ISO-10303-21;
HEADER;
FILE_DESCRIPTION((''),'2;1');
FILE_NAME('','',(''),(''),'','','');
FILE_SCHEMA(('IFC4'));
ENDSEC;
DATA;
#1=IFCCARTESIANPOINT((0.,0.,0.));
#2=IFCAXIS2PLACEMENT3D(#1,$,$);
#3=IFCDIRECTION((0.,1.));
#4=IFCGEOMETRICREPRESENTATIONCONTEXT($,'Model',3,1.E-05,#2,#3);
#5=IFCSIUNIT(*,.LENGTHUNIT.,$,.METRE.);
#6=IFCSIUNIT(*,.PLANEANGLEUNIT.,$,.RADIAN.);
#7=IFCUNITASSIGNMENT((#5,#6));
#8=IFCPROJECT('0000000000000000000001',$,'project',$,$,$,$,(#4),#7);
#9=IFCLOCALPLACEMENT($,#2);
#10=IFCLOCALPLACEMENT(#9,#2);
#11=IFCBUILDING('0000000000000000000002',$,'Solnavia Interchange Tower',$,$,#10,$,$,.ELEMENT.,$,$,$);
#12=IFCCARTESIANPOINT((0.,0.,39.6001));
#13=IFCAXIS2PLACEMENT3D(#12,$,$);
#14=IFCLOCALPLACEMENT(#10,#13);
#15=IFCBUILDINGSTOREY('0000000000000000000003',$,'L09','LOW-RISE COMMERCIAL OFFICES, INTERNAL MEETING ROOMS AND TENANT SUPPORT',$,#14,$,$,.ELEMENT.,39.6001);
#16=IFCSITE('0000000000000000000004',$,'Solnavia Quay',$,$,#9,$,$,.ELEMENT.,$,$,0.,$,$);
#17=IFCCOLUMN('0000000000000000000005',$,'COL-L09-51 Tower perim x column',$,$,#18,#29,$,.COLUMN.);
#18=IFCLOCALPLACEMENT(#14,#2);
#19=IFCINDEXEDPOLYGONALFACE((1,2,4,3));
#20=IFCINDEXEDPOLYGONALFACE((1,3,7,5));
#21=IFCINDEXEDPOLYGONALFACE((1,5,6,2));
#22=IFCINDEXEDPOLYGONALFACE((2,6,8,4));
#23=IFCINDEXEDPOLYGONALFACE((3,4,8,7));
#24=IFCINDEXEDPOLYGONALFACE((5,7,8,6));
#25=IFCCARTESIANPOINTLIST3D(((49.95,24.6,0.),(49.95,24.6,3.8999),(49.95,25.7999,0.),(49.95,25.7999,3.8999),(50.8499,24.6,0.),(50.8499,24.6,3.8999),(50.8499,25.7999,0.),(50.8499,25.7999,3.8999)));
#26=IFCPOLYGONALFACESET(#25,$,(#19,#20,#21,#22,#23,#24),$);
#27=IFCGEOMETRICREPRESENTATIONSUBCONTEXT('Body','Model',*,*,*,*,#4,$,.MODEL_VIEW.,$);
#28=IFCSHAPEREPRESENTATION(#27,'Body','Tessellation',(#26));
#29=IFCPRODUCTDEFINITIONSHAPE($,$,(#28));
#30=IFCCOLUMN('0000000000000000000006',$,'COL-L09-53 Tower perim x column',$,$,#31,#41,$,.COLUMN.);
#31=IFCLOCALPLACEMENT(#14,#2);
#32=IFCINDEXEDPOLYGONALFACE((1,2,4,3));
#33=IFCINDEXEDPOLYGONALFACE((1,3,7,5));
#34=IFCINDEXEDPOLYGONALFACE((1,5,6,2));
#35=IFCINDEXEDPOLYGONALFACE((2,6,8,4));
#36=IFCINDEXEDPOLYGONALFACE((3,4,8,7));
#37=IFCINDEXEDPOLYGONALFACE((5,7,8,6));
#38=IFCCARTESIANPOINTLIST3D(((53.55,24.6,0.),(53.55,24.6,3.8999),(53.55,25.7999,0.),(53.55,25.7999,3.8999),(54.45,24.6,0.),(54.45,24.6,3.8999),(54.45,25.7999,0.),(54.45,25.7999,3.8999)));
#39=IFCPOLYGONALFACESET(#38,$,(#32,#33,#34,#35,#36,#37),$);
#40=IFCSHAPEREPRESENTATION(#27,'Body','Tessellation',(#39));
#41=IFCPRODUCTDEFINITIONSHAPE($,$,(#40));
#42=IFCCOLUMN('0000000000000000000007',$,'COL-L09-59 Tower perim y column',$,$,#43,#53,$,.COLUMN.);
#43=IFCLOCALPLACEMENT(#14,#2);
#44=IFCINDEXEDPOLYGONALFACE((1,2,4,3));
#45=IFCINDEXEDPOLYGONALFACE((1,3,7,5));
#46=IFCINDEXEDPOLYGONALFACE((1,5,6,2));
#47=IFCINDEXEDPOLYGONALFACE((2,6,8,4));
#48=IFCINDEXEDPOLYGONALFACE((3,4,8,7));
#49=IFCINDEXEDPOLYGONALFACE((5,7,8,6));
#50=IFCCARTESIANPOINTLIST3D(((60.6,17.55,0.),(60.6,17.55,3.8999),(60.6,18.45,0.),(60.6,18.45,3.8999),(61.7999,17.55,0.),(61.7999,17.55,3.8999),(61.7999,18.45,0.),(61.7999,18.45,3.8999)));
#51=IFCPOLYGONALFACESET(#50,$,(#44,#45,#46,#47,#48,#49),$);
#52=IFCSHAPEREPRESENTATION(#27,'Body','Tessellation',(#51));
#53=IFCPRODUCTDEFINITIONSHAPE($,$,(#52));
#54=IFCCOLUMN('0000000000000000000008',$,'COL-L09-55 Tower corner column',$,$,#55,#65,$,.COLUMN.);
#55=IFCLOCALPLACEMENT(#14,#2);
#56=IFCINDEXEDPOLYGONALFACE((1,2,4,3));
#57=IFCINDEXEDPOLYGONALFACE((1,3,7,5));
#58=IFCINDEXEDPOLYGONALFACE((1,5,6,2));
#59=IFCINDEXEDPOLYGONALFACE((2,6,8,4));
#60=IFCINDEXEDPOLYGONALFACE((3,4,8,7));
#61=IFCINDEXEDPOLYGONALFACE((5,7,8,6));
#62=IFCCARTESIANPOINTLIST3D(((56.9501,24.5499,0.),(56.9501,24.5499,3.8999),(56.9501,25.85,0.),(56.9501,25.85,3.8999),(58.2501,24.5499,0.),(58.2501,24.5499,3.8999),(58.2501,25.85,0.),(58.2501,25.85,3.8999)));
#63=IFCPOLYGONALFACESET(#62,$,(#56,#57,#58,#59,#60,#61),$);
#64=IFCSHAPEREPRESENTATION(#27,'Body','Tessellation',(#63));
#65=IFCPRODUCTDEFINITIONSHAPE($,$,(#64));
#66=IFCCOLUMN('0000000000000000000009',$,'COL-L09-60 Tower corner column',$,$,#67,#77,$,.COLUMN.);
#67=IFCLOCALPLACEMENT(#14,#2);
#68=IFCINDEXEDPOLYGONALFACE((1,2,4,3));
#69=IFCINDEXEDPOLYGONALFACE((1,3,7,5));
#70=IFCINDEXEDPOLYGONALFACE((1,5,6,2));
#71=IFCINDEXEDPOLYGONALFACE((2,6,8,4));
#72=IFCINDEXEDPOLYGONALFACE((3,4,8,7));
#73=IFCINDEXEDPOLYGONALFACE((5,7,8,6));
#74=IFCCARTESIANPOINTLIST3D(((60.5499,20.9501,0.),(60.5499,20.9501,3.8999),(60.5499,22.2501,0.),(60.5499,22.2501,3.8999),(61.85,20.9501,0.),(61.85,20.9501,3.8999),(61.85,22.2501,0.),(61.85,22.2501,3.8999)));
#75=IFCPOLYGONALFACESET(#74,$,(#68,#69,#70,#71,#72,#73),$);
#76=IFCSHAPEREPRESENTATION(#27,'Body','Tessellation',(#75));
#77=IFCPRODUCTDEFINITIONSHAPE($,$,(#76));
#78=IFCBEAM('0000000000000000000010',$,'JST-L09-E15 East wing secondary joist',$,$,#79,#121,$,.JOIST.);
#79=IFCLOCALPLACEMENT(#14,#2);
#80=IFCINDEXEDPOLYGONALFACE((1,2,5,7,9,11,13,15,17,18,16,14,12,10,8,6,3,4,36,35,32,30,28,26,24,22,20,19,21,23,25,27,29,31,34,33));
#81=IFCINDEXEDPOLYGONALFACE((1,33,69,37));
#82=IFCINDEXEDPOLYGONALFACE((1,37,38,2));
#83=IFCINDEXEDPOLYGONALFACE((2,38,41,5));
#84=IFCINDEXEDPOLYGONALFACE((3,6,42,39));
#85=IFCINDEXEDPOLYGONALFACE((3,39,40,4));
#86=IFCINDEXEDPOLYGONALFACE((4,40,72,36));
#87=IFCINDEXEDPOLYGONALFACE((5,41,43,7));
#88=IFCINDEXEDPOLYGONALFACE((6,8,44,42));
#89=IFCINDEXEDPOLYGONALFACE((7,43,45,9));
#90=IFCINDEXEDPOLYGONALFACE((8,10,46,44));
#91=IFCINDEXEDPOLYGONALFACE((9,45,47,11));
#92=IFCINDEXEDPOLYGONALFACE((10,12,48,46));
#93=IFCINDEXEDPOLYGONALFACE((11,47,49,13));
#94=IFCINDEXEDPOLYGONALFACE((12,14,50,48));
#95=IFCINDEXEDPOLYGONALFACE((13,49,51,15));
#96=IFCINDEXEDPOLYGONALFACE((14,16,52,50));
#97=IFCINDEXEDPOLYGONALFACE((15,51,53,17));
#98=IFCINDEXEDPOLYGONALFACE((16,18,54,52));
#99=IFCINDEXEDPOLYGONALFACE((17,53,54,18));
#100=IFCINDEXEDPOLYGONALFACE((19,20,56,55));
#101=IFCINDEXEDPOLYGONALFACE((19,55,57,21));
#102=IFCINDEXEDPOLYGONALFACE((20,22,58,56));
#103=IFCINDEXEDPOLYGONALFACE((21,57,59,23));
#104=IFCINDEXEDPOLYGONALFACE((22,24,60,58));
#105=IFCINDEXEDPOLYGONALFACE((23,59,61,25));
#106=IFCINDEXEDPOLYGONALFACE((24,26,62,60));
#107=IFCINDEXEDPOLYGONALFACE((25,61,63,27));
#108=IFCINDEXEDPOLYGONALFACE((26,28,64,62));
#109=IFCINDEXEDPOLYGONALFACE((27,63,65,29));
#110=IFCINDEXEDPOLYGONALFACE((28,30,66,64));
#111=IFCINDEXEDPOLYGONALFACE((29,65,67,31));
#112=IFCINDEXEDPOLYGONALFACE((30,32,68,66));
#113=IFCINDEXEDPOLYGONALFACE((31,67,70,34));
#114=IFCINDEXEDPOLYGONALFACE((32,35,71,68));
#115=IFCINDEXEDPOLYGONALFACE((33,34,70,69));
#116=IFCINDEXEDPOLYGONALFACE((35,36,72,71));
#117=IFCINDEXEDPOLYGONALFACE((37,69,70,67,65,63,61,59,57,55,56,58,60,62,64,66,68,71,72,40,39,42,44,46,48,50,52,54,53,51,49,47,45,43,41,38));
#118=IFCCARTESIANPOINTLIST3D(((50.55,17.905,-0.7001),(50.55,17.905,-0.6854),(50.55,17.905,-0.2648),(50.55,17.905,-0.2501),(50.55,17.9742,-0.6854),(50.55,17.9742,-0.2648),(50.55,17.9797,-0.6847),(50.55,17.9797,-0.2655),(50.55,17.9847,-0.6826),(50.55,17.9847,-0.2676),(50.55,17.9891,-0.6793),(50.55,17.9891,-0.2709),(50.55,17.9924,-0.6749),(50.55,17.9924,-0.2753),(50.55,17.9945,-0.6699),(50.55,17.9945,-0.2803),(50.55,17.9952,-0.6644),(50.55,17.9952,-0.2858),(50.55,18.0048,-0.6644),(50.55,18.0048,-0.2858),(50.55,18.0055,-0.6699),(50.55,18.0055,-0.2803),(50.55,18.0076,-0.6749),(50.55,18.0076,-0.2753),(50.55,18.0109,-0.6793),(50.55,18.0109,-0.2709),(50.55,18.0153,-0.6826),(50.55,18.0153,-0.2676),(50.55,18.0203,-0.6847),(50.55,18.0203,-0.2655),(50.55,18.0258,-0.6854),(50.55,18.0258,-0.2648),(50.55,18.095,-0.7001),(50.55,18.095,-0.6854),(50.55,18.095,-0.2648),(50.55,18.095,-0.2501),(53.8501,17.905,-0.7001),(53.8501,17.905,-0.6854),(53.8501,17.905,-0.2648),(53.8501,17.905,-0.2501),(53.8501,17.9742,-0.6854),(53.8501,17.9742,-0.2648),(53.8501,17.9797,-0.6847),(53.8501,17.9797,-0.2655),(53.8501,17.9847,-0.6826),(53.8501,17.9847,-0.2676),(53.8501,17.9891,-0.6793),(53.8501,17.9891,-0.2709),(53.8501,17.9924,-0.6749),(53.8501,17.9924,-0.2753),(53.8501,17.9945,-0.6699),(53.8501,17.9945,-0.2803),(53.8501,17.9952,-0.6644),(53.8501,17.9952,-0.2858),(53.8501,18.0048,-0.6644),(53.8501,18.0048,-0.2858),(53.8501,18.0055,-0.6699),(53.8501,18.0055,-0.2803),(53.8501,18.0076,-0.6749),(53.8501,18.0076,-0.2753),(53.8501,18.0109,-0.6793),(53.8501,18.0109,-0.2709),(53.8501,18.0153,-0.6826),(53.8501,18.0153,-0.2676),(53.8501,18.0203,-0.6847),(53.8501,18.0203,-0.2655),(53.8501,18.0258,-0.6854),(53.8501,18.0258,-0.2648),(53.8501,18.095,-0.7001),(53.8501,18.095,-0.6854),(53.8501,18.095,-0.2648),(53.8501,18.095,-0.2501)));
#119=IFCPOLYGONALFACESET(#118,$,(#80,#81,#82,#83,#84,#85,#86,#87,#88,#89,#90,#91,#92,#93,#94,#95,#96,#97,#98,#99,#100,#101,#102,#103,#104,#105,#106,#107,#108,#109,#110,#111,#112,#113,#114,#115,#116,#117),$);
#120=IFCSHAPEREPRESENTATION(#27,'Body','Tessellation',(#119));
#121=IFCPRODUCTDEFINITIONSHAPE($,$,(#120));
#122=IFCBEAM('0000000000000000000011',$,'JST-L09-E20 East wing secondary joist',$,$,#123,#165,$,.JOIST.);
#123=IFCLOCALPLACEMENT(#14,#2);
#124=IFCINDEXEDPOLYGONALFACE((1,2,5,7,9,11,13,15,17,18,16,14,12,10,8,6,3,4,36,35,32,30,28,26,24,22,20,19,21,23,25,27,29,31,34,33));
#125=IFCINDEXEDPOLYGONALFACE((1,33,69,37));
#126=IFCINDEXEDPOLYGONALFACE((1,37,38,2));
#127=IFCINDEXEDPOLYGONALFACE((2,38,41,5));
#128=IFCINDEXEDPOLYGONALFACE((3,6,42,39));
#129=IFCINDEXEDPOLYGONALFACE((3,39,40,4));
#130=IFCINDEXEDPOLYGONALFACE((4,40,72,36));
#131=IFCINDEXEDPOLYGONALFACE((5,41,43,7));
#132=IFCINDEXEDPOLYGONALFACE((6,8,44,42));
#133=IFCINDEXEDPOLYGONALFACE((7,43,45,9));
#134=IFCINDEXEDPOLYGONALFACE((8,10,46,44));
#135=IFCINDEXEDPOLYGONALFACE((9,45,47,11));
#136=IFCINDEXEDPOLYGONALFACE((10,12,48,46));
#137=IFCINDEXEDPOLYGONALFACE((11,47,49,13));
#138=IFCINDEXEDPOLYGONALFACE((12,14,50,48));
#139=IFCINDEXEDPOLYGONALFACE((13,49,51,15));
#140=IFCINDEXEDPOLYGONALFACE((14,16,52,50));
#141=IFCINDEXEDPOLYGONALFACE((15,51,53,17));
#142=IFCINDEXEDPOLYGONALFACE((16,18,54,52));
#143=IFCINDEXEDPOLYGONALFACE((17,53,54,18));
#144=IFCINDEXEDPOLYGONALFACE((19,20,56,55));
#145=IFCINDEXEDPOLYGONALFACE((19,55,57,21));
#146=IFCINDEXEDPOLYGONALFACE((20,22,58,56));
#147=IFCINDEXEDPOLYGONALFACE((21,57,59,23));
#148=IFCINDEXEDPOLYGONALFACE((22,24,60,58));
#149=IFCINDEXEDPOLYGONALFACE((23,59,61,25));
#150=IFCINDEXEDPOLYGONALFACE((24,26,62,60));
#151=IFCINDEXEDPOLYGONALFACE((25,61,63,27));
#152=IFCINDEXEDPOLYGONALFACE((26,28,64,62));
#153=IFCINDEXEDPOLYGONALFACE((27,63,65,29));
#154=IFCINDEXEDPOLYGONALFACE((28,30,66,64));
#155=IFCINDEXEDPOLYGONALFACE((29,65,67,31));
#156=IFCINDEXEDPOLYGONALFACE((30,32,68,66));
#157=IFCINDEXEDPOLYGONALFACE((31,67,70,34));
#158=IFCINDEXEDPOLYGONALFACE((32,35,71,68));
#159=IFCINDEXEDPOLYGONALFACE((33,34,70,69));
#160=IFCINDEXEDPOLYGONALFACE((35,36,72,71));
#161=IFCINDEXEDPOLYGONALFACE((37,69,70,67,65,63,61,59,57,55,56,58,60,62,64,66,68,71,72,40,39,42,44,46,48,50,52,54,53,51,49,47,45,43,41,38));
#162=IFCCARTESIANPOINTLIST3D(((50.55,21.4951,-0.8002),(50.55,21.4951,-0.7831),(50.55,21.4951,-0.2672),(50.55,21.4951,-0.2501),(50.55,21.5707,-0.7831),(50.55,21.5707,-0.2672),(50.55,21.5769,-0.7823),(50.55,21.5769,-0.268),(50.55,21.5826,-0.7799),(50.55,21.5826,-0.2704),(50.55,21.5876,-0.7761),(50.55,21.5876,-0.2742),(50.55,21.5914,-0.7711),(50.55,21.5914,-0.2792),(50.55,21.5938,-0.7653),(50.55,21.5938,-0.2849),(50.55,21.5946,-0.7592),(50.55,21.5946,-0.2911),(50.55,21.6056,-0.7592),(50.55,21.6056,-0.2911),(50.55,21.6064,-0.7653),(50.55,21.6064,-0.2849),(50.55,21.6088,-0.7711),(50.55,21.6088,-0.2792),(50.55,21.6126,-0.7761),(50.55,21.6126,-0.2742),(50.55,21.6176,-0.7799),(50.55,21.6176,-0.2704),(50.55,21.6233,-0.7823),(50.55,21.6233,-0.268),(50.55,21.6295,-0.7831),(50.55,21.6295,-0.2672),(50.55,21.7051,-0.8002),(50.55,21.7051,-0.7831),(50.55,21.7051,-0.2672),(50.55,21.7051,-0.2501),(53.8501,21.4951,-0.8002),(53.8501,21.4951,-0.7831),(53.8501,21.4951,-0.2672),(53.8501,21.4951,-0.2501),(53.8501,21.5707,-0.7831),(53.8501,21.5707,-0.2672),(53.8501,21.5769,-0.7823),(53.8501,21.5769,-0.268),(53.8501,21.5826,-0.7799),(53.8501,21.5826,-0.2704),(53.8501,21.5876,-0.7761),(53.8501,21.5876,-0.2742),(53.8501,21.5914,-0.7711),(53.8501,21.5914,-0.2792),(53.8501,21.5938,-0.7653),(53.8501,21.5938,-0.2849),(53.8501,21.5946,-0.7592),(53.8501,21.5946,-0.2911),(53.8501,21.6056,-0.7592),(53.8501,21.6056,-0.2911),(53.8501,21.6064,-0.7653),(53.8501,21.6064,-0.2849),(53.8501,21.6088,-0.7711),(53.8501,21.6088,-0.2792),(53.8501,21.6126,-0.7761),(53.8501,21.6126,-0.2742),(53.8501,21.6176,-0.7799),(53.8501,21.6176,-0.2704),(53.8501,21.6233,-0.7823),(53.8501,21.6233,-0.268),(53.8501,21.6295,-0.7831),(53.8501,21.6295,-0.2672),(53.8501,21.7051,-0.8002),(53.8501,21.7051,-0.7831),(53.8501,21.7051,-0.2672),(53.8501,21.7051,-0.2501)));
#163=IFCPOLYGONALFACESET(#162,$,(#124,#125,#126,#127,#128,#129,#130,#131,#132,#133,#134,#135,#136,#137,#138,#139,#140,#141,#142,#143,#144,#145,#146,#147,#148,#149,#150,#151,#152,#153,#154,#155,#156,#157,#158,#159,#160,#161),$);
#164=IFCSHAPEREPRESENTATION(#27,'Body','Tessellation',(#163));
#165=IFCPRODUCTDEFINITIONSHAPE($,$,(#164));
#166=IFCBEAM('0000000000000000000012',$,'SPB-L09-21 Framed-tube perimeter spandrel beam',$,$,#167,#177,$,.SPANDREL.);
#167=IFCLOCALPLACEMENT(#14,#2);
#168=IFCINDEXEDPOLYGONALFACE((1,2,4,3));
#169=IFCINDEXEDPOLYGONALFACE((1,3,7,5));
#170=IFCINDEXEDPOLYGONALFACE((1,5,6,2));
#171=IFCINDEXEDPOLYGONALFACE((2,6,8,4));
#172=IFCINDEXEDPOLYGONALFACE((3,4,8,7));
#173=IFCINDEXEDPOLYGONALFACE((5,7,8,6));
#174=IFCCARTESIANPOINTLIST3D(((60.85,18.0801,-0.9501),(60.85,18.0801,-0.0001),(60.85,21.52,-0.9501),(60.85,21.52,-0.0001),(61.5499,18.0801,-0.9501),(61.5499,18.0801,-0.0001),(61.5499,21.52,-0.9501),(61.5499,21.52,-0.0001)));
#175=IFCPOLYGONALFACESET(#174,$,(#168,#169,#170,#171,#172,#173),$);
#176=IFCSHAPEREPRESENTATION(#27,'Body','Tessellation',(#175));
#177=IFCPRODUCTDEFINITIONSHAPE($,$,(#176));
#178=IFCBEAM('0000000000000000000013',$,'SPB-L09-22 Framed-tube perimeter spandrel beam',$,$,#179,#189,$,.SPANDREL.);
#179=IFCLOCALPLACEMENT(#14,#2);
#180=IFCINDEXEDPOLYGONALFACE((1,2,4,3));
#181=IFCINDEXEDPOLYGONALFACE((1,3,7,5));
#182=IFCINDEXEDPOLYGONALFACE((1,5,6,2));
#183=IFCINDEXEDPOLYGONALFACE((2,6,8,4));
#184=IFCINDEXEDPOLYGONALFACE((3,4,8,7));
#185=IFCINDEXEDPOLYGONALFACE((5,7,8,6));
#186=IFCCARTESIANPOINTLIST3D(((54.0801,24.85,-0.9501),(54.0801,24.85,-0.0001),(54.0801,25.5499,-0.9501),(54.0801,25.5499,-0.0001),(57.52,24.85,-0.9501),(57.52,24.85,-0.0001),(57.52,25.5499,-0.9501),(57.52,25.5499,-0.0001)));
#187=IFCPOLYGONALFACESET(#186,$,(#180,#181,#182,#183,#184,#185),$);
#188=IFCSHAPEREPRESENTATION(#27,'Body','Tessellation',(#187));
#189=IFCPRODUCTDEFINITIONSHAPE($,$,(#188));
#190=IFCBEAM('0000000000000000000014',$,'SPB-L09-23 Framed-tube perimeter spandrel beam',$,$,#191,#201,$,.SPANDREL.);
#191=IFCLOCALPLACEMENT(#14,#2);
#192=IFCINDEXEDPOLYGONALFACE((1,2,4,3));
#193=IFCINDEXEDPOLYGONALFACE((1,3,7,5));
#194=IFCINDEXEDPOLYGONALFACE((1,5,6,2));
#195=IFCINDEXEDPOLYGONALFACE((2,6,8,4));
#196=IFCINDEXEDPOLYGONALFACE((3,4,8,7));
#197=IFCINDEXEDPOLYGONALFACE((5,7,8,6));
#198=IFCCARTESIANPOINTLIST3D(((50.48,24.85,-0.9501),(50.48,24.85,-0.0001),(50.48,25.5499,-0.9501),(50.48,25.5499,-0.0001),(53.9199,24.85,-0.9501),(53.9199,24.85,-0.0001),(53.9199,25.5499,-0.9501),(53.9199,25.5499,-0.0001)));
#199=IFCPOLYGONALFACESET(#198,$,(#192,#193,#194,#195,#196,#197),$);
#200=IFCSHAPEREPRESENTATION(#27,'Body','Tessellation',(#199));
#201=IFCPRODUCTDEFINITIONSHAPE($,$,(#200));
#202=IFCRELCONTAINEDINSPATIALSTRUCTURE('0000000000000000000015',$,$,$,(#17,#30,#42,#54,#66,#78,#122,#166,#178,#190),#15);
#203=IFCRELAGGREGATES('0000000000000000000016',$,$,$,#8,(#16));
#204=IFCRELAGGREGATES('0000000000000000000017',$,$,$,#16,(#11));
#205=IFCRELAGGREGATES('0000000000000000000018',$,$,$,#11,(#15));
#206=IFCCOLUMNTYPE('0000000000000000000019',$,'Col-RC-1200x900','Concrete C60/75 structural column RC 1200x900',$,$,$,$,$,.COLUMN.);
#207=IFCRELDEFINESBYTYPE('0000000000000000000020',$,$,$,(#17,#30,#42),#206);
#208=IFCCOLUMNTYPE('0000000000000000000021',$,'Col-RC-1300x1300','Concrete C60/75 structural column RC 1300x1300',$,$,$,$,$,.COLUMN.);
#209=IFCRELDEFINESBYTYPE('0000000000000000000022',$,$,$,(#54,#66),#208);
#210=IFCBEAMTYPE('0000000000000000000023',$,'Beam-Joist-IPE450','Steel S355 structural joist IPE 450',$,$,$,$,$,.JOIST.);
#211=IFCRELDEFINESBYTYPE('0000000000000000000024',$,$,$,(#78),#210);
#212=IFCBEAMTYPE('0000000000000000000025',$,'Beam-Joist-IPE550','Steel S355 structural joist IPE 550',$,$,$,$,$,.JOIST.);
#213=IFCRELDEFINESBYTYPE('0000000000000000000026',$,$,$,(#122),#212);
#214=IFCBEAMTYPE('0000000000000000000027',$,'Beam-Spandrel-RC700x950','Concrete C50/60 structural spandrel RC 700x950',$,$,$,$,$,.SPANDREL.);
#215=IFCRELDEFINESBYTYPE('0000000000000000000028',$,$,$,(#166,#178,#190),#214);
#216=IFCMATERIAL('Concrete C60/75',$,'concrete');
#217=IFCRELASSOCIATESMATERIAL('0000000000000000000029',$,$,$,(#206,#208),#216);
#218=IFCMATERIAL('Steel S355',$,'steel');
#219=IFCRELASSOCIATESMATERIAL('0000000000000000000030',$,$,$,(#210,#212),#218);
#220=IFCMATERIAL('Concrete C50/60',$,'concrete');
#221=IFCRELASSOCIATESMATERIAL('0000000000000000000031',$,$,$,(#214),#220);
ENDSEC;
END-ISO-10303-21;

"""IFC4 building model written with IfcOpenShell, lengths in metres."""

from ifc_helpers import new_model, si_unit, direction, frame, origin, origin_2d, place, context, subcontext, project, spatial, rectangle, i_section, extrude, material, material_profile, profile_set, type_object, element, save


model = new_model("IFC4")

# Units and contexts
model_context = context("Model", 3, precision=1e-05, world=origin(), true_north=direction((0.0, 1.0)))
body_context = subcontext(model_context, "Body", "Model", "MODEL_VIEW")
ifc_project = project(units=[si_unit("LENGTHUNIT", "METRE"), si_unit("PLANEANGLEUNIT", "RADIAN")], contexts=[model_context])

# Site, building, storey
site_placement = place(None, origin())
site = spatial("IfcSite", under=ifc_project, at=site_placement, Name="Solnavia Quay", CompositionType="ELEMENT", RefElevation=0.0)
building_placement = place(site_placement, origin())
building = spatial("IfcBuilding", under=site, at=building_placement, Name="Solnavia Interchange Tower", CompositionType="ELEMENT")
storey_placement = place(building_placement, frame((0.0, 0.0, 39.6001)))
storey = spatial("IfcBuildingStorey", under=building, at=storey_placement, Name="L09", Description="LOW-RISE COMMERCIAL OFFICES, INTERNAL MEETING ROOMS AND TENANT SUPPORT", CompositionType="ELEMENT", Elevation=39.6001)

# Columns
ifc_material_1 = material(Name="Concrete C60/75", Category="concrete")
ifc_material_profile_1 = material_profile(ifc_material_1, rectangle(XDim=0.8999, YDim=1.2, at=origin_2d()), Name="RC 1200x900")
ifc_profile_set_1 = profile_set([ifc_material_profile_1], Name="Concrete C60/75")
column_type_1 = type_object("IfcColumnType", Name="Col-RC-1200x900", Description="Concrete C60/75 structural column RC 1200x900", PredefinedType="COLUMN", material=ifc_profile_set_1)
for number, where, z_axis, x_axis, name in (
    (1, (50.3999, 25.2, 0.0), (0.0, 0.0, 1.0), (1.0, 0.0, 0.0), "COL-L09-51 Tower perim x column"),
    (2, (54.0, 25.2, 0.0), (0.0, 0.0, 1.0), (1.0, 0.0, 0.0), "COL-L09-53 Tower perim x column"),
    (3, (61.2, 18.0, 0.0), (0.0, 0.0, 1.0), (0.0, 1.0, 0.0), "COL-L09-59 Tower perim y column"),
):
    element("IfcColumn", number, at=place(storey_placement, frame(where, z_axis=z_axis, x_axis=x_axis)), inside=storey, type_object=column_type_1, Name=name, PredefinedType="COLUMN", context=body_context, shape_type="SweptSolid", body=[
        extrude(rectangle(XDim=0.8999, YDim=1.2, at=origin_2d()), origin(), (0.0, 0.0, 1.0), 3.8999),
    ])
ifc_material_profile_2 = material_profile(ifc_material_1, rectangle(XDim=1.3, YDim=1.3, at=origin_2d()), Name="RC 1300x1300")
ifc_profile_set_2 = profile_set([ifc_material_profile_2], Name="Concrete C60/75")
column_type_2 = type_object("IfcColumnType", Name="Col-RC-1300x1300", Description="Concrete C60/75 structural column RC 1300x1300", PredefinedType="COLUMN", material=ifc_profile_set_2)
for number, where, z_axis, x_axis, name in (
    (4, (57.6001, 25.2, 0.0), (0.0, 0.0, 1.0), (1.0, 0.0, 0.0), "COL-L09-55 Tower corner column"),
    (5, (61.2, 21.6001, 0.0), (0.0, 0.0, 1.0), (0.0, 1.0, 0.0), "COL-L09-60 Tower corner column"),
):
    element("IfcColumn", number, at=place(storey_placement, frame(where, z_axis=z_axis, x_axis=x_axis)), inside=storey, type_object=column_type_2, Name=name, PredefinedType="COLUMN", context=body_context, shape_type="SweptSolid", body=[
        extrude(rectangle(XDim=1.3, YDim=1.3, at=origin_2d()), origin(), (0.0, 0.0, 1.0), 3.8999),
    ])

# Beams
ifc_material_2 = material(Name="Steel S355", Category="steel")
ifc_material_profile_3 = material_profile(ifc_material_2, i_section(OverallWidth=0.1899, OverallDepth=0.45, WebThickness=0.0095, FlangeThickness=0.0146, FilletRadius=0.021, at=origin_2d()), Name="IPE 450")
ifc_profile_set_3 = profile_set([ifc_material_profile_3], Name="Steel S355")
beam_type_1 = type_object("IfcBeamType", Name="Beam-Joist-IPE450", Description="Steel S355 structural joist IPE 450", PredefinedType="JOIST", material=ifc_profile_set_3)
beam_1_placement = place(storey_placement, frame((50.55, 18.0, -0.4751), z_axis=(1.0, 0.0, 0.0), x_axis=(0.0, 1.0, 0.0)))
element("IfcBeam", 6, at=beam_1_placement, inside=storey, type_object=beam_type_1, Name="JST-L09-E15 East wing secondary joist", PredefinedType="JOIST", context=body_context, shape_type="SweptSolid", body=[
    extrude(i_section(OverallWidth=0.1899, OverallDepth=0.45, WebThickness=0.0095, FlangeThickness=0.0146, FilletRadius=0.021, at=origin_2d()), origin(), (0.0, 0.0, 1.0), 3.3),
])
ifc_material_profile_4 = material_profile(ifc_material_2, i_section(OverallWidth=0.21, OverallDepth=0.55, WebThickness=0.011, FlangeThickness=0.0171, FilletRadius=0.0239, at=origin_2d()), Name="IPE 550")
ifc_profile_set_4 = profile_set([ifc_material_profile_4], Name="Steel S355")
beam_type_2 = type_object("IfcBeamType", Name="Beam-Joist-IPE550", Description="Steel S355 structural joist IPE 550", PredefinedType="JOIST", material=ifc_profile_set_4)
beam_2_placement = place(storey_placement, frame((50.55, 21.6001, -0.5251), z_axis=(1.0, 0.0, 0.0), x_axis=(0.0, 1.0, 0.0)))
element("IfcBeam", 7, at=beam_2_placement, inside=storey, type_object=beam_type_2, Name="JST-L09-E20 East wing secondary joist", PredefinedType="JOIST", context=body_context, shape_type="SweptSolid", body=[
    extrude(i_section(OverallWidth=0.21, OverallDepth=0.55, WebThickness=0.011, FlangeThickness=0.0171, FilletRadius=0.0239, at=origin_2d()), origin(), (0.0, 0.0, 1.0), 3.3),
])
ifc_material_3 = material(Name="Concrete C50/60", Category="concrete")
ifc_material_profile_5 = material_profile(ifc_material_3, rectangle(XDim=0.7, YDim=0.95, at=origin_2d()), Name="RC 700x950")
ifc_profile_set_5 = profile_set([ifc_material_profile_5], Name="Concrete C50/60")
beam_type_3 = type_object("IfcBeamType", Name="Beam-Spandrel-RC700x950", Description="Concrete C50/60 structural spandrel RC 700x950", PredefinedType="SPANDREL", material=ifc_profile_set_5)
for number, where, z_axis, x_axis, name in (
    (8, (61.2, 18.0801, -0.4751), (0.0, 1.0, 0.0), (-1.0, 0.0, 0.0), "SPB-L09-21 Framed-tube perimeter spandrel beam"),
    (9, (57.52, 25.2, -0.4751), (-1.0, 0.0, 0.0), (0.0, -1.0, 0.0), "SPB-L09-22 Framed-tube perimeter spandrel beam"),
    (10, (53.9199, 25.2, -0.4751), (-1.0, 0.0, 0.0), (0.0, -1.0, 0.0), "SPB-L09-23 Framed-tube perimeter spandrel beam"),
):
    element("IfcBeam", number, at=place(storey_placement, frame(where, z_axis=z_axis, x_axis=x_axis)), inside=storey, type_object=beam_type_3, Name=name, PredefinedType="SPANDREL", context=body_context, shape_type="SweptSolid", body=[
        extrude(rectangle(XDim=0.7, YDim=0.95, at=origin_2d()), origin(), (0.0, 0.0, 1.0), 3.4399),
    ])

save(model, "model.ifc")
